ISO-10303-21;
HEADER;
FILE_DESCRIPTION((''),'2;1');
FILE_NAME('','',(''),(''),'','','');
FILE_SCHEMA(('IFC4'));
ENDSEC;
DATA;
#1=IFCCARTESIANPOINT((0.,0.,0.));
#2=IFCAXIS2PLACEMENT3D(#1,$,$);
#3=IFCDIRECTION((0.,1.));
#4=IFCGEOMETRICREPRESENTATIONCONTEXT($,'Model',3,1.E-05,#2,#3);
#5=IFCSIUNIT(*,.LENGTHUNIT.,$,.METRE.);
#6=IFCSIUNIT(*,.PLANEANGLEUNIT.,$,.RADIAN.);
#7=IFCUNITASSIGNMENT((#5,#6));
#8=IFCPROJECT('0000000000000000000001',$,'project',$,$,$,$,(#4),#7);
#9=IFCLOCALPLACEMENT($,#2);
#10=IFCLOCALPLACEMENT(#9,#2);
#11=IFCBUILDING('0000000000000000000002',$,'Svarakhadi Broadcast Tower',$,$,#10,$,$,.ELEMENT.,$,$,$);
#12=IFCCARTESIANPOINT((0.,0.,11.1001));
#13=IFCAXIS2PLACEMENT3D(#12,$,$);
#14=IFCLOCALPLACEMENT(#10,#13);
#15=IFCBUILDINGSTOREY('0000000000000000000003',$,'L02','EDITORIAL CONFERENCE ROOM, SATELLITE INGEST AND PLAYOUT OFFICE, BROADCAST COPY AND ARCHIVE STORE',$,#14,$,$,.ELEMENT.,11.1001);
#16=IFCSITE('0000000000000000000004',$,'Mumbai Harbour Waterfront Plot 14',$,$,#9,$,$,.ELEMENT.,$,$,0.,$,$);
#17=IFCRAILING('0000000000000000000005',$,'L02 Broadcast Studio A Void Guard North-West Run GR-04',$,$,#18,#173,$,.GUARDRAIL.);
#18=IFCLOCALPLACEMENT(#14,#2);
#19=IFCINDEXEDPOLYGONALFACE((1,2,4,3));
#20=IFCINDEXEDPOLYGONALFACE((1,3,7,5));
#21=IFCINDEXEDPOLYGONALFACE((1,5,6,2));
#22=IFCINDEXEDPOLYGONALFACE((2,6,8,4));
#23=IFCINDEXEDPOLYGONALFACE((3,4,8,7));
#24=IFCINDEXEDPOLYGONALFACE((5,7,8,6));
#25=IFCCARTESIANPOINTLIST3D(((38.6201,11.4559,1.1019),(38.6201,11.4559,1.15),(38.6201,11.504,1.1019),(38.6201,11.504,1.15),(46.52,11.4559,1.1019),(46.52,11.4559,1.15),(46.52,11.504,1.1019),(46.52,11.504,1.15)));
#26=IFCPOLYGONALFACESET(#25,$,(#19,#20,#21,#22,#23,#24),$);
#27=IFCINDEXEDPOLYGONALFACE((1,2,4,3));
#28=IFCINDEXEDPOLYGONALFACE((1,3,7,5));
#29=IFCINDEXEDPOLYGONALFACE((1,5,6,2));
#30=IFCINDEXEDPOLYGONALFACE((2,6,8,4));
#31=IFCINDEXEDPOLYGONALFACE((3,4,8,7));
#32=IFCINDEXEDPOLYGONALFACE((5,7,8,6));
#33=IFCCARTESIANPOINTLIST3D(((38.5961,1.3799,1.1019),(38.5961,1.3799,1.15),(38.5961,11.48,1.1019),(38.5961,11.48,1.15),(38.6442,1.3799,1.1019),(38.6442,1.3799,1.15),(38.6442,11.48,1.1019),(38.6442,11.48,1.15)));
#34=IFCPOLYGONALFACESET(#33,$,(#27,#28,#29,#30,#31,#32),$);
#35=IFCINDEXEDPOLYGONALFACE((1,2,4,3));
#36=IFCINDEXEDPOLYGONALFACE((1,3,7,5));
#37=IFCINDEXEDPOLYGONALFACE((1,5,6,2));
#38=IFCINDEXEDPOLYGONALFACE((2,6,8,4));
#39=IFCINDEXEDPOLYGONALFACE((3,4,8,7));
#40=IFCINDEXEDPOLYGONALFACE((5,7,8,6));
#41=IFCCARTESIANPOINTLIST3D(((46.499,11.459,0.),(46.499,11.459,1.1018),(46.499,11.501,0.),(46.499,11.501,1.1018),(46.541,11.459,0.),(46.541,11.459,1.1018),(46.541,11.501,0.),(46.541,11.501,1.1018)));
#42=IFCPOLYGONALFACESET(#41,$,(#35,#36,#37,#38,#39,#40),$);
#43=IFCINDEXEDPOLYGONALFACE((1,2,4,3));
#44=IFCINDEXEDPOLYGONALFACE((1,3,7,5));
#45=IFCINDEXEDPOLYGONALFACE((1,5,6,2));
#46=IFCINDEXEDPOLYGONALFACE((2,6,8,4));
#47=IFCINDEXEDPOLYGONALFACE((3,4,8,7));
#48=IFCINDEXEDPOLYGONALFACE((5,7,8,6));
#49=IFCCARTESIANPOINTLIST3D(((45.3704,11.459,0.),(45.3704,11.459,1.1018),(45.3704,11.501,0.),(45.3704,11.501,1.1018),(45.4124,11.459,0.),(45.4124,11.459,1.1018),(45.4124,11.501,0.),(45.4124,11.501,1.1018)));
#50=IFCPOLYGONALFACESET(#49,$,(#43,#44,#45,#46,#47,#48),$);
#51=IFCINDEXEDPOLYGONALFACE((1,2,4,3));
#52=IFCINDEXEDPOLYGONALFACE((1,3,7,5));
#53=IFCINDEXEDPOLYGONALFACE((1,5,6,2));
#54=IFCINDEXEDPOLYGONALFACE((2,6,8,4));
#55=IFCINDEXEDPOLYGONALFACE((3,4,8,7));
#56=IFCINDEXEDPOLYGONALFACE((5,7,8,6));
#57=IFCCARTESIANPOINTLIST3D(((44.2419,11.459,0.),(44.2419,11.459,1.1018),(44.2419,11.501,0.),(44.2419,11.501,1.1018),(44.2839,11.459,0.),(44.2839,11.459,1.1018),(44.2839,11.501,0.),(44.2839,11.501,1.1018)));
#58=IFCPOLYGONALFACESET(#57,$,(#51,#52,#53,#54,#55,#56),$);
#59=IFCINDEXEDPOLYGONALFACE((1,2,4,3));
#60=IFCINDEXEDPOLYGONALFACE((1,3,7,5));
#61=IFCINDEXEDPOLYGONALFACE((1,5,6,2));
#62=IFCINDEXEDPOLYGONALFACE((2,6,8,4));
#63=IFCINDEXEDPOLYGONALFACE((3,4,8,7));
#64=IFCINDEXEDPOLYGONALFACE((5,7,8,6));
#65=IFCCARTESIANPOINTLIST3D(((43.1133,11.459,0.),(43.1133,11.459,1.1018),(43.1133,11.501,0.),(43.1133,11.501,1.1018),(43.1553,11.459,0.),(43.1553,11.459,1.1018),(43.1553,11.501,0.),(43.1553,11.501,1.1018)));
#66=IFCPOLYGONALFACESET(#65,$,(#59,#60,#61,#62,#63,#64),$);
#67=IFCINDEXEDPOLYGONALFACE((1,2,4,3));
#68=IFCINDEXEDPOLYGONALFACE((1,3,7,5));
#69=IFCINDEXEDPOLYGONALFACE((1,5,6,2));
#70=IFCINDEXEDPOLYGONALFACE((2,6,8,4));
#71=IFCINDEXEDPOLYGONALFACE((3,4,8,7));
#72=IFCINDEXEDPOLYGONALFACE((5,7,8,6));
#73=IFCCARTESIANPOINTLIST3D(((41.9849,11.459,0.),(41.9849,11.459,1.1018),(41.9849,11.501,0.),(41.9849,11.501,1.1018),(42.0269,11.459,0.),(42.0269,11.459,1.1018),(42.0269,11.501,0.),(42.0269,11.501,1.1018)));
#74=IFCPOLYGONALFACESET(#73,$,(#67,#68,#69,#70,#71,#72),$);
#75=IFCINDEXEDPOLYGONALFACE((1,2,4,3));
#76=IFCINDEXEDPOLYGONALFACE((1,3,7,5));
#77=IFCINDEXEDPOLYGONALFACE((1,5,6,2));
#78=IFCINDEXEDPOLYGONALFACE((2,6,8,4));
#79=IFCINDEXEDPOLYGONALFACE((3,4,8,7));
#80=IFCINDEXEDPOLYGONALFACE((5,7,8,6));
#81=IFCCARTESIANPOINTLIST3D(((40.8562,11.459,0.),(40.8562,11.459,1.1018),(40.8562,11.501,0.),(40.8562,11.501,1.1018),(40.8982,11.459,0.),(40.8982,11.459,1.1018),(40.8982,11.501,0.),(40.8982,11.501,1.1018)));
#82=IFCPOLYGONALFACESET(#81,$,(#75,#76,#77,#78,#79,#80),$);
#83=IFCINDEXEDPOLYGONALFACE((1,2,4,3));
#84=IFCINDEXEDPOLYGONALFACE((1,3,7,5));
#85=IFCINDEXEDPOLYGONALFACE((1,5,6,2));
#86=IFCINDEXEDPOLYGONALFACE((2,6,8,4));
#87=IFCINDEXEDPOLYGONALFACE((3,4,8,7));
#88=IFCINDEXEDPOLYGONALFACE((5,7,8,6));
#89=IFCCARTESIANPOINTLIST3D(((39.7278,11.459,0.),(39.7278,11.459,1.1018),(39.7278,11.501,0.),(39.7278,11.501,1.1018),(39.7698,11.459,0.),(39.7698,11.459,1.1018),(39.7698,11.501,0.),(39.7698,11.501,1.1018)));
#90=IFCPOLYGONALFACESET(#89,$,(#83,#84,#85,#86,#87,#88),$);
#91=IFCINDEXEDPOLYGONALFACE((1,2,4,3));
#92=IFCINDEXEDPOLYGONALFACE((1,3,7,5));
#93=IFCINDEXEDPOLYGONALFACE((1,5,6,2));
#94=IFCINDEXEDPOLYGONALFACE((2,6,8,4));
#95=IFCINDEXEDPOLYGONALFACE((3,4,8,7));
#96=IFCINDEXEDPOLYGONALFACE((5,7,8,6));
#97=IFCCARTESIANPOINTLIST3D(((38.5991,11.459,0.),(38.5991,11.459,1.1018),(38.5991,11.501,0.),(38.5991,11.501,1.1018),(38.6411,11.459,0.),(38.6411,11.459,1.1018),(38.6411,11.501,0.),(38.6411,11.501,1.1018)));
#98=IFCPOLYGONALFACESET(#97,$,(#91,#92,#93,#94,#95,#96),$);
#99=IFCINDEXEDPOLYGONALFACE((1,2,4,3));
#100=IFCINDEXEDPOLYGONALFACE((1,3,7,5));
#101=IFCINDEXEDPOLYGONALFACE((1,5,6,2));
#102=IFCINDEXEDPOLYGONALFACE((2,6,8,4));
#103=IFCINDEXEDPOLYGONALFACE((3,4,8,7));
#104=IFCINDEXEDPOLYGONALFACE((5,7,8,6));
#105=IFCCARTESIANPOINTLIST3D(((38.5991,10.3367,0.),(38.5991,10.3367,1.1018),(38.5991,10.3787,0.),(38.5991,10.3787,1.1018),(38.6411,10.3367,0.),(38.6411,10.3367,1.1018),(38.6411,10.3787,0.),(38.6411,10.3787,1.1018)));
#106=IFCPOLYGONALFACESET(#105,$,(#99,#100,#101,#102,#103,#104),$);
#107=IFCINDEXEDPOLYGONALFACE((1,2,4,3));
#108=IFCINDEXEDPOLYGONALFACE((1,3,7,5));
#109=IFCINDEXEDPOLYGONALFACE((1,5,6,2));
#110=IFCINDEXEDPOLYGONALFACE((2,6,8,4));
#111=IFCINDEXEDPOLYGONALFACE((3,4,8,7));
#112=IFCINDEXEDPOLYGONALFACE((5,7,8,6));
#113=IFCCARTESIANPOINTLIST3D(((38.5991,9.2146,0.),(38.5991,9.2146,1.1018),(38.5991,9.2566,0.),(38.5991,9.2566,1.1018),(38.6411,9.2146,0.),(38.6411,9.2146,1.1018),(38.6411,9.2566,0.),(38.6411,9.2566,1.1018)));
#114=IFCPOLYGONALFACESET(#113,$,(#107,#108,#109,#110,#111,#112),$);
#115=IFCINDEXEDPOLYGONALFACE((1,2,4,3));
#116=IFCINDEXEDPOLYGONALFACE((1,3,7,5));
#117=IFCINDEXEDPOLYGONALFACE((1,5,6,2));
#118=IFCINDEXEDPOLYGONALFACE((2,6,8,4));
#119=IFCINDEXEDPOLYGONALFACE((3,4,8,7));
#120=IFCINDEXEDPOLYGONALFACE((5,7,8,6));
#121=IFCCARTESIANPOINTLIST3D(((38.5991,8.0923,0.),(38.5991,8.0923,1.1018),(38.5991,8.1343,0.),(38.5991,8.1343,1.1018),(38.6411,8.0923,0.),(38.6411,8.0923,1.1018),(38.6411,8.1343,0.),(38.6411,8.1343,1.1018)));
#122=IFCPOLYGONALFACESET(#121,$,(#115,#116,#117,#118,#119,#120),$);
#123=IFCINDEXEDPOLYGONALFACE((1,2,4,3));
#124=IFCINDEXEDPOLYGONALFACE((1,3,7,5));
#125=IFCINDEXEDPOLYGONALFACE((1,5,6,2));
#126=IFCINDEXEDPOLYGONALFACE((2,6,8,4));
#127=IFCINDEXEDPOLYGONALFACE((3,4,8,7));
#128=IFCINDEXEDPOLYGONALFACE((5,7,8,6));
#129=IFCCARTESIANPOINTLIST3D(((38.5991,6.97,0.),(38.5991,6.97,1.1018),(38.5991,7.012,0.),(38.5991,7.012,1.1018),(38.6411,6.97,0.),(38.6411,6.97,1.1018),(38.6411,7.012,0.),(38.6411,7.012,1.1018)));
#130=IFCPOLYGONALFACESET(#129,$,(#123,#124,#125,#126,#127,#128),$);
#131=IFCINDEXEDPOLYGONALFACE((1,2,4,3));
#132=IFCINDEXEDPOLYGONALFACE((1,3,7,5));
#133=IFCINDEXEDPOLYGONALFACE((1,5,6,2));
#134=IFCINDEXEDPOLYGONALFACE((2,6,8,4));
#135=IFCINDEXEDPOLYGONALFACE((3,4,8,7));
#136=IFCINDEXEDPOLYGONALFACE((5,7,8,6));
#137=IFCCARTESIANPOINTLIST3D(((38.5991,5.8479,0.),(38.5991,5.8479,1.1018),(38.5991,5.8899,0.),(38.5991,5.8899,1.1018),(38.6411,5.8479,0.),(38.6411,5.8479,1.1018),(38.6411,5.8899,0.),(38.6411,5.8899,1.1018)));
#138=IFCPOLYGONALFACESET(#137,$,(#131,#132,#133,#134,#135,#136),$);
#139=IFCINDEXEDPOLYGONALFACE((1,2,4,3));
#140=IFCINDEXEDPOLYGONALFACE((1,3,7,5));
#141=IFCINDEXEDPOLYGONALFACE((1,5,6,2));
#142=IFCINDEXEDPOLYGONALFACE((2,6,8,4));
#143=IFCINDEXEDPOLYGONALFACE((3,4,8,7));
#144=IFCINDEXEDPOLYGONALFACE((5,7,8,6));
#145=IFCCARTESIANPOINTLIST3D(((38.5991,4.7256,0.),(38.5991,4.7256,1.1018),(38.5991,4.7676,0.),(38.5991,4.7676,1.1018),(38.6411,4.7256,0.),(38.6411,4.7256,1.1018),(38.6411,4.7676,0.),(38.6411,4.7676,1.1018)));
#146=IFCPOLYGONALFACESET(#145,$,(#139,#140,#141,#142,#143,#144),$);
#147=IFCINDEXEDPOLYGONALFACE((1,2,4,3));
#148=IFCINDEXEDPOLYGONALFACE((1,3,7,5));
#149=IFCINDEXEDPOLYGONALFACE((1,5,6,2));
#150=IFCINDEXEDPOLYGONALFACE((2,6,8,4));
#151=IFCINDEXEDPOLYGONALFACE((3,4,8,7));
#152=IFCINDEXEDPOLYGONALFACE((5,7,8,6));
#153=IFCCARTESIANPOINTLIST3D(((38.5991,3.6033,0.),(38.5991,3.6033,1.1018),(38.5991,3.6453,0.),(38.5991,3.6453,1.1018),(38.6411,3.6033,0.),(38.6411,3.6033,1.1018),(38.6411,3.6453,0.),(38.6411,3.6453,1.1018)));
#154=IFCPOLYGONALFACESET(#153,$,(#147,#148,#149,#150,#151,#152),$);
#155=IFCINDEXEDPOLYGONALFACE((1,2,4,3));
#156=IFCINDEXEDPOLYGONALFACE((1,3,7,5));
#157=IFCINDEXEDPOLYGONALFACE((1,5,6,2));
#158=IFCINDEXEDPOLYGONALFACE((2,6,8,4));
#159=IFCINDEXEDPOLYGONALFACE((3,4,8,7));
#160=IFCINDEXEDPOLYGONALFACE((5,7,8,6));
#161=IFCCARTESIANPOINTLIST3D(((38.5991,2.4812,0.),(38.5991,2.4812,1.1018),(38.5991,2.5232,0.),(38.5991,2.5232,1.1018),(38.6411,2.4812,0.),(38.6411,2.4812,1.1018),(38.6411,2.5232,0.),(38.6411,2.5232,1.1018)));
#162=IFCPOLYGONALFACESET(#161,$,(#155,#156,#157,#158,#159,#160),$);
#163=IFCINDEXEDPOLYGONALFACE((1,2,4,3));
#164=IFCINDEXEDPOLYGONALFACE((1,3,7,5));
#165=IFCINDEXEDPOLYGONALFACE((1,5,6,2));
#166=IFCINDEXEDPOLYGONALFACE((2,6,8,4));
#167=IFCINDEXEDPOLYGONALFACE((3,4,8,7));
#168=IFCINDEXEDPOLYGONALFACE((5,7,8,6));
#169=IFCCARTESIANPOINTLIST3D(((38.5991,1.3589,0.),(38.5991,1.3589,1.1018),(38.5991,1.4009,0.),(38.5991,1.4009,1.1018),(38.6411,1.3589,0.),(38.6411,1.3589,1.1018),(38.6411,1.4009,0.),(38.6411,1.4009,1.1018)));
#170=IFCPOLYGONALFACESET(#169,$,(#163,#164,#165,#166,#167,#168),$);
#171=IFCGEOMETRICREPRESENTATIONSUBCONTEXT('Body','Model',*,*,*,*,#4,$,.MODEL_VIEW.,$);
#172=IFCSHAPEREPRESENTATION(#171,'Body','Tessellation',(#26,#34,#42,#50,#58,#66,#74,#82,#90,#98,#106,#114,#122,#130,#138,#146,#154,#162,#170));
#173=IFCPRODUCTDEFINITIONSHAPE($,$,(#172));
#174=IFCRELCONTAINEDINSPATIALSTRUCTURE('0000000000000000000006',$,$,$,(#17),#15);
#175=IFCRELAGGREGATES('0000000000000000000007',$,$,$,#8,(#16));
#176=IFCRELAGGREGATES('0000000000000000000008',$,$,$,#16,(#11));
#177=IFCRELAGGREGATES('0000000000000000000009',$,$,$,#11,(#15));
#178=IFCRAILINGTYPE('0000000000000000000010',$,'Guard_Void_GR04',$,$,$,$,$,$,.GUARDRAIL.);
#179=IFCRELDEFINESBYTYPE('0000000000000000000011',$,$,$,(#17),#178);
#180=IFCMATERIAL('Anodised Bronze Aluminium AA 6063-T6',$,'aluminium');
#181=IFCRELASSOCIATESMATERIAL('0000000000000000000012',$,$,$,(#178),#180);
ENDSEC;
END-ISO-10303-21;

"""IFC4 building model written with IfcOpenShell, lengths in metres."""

from ifc_helpers import new_model, si_unit, direction, frame, origin, origin_2d, place, context, subcontext, project, spatial, rectangle, extrude, material, type_object, element, save


model = new_model("IFC4")

# Units and contexts
model_context = context("Model", 3, precision=1e-05, world=origin(), true_north=direction((0.0, 1.0)))
body_context = subcontext(model_context, "Body", "Model", "MODEL_VIEW")
ifc_project = project(units=[si_unit("LENGTHUNIT", "METRE"), si_unit("PLANEANGLEUNIT", "RADIAN")], contexts=[model_context])

# Site, building, storey
site_placement = place(None, origin())
site = spatial("IfcSite", under=ifc_project, at=site_placement, Name="Mumbai Harbour Waterfront Plot 14", CompositionType="ELEMENT", RefElevation=0.0)
building_placement = place(site_placement, origin())
building = spatial("IfcBuilding", under=site, at=building_placement, Name="Svarakhadi Broadcast Tower", CompositionType="ELEMENT")
storey_placement = place(building_placement, frame((0.0, 0.0, 11.1001)))
storey = spatial("IfcBuildingStorey", under=building, at=storey_placement, Name="L02", Description="EDITORIAL CONFERENCE ROOM, SATELLITE INGEST AND PLAYOUT OFFICE, BROADCAST COPY AND ARCHIVE STORE", CompositionType="ELEMENT", Elevation=11.1001)

# Shared definitions
ifc_material_1 = material(Name="Anodised Bronze Aluminium AA 6063-T6", Category="aluminium")

# Railing
railing_type = type_object("IfcRailingType", Name="Guard_Void_GR04", PredefinedType="GUARDRAIL", material=ifc_material_1)
railing_placement = place(storey_placement, frame((46.52, 11.48, 0.0)))
element("IfcRailing", 1, at=railing_placement, inside=storey, type_object=railing_type, Name="L02 Broadcast Studio A Void Guard North-West Run GR-04", PredefinedType="GUARDRAIL", context=body_context, shape_type="SweptSolid", body=[
    extrude(rectangle(XDim=0.0481, YDim=0.0481, at=origin_2d()), frame((0.0, 0.0, 1.126), z_axis=(-1.0, 0.0, 0.0), x_axis=(0.0, -1.0, 0.0)), (0.0, 0.0, 1.0), 7.8999),
    extrude(rectangle(XDim=0.0481, YDim=0.0481, at=origin_2d()), frame((-7.8999, 0.0, 1.126), z_axis=(0.0, -1.0, 0.0), x_axis=(1.0, 0.0, 0.0)), (0.0, 0.0, 1.0), 10.1001),
    extrude(rectangle(XDim=0.042, YDim=0.042, at=origin_2d()), origin(), (0.0, 0.0, 1.0), 1.1018),
    extrude(rectangle(XDim=0.042, YDim=0.042, at=origin_2d()), frame((-1.1287, 0.0, 0.0)), (0.0, 0.0, 1.0), 1.1018),
    extrude(rectangle(XDim=0.042, YDim=0.042, at=origin_2d()), frame((-2.2571, 0.0, 0.0)), (0.0, 0.0, 1.0), 1.1018),
    extrude(rectangle(XDim=0.042, YDim=0.042, at=origin_2d()), frame((-3.3857, 0.0, 0.0)), (0.0, 0.0, 1.0), 1.1018),
    extrude(rectangle(XDim=0.042, YDim=0.042, at=origin_2d()), frame((-4.5142, 0.0, 0.0)), (0.0, 0.0, 1.0), 1.1018),
    extrude(rectangle(XDim=0.042, YDim=0.042, at=origin_2d()), frame((-5.6428, 0.0, 0.0)), (0.0, 0.0, 1.0), 1.1018),
    extrude(rectangle(XDim=0.042, YDim=0.042, at=origin_2d()), frame((-6.7712, 0.0, 0.0)), (0.0, 0.0, 1.0), 1.1018),
    extrude(rectangle(XDim=0.042, YDim=0.042, at=origin_2d()), frame((-7.8999, 0.0, 0.0)), (0.0, 0.0, 1.0), 1.1018),
    extrude(rectangle(XDim=0.042, YDim=0.042, at=origin_2d()), frame((-7.8999, -1.1223, 0.0)), (0.0, 0.0, 1.0), 1.1018),
    extrude(rectangle(XDim=0.042, YDim=0.042, at=origin_2d()), frame((-7.8999, -2.2444, 0.0)), (0.0, 0.0, 1.0), 1.1018),
    extrude(rectangle(XDim=0.042, YDim=0.042, at=origin_2d()), frame((-7.8999, -3.3667, 0.0)), (0.0, 0.0, 1.0), 1.1018),
    extrude(rectangle(XDim=0.042, YDim=0.042, at=origin_2d()), frame((-7.8999, -4.489, 0.0)), (0.0, 0.0, 1.0), 1.1018),
    extrude(rectangle(XDim=0.042, YDim=0.042, at=origin_2d()), frame((-7.8999, -5.6111, 0.0)), (0.0, 0.0, 1.0), 1.1018),
    extrude(rectangle(XDim=0.042, YDim=0.042, at=origin_2d()), frame((-7.8999, -6.7334, 0.0)), (0.0, 0.0, 1.0), 1.1018),
    extrude(rectangle(XDim=0.042, YDim=0.042, at=origin_2d()), frame((-7.8999, -7.8557, 0.0)), (0.0, 0.0, 1.0), 1.1018),
    extrude(rectangle(XDim=0.042, YDim=0.042, at=origin_2d()), frame((-7.8999, -8.9778, 0.0)), (0.0, 0.0, 1.0), 1.1018),
    extrude(rectangle(XDim=0.042, YDim=0.042, at=origin_2d()), frame((-7.8999, -10.1001, 0.0)), (0.0, 0.0, 1.0), 1.1018),
])

save(model, "model.ifc")
